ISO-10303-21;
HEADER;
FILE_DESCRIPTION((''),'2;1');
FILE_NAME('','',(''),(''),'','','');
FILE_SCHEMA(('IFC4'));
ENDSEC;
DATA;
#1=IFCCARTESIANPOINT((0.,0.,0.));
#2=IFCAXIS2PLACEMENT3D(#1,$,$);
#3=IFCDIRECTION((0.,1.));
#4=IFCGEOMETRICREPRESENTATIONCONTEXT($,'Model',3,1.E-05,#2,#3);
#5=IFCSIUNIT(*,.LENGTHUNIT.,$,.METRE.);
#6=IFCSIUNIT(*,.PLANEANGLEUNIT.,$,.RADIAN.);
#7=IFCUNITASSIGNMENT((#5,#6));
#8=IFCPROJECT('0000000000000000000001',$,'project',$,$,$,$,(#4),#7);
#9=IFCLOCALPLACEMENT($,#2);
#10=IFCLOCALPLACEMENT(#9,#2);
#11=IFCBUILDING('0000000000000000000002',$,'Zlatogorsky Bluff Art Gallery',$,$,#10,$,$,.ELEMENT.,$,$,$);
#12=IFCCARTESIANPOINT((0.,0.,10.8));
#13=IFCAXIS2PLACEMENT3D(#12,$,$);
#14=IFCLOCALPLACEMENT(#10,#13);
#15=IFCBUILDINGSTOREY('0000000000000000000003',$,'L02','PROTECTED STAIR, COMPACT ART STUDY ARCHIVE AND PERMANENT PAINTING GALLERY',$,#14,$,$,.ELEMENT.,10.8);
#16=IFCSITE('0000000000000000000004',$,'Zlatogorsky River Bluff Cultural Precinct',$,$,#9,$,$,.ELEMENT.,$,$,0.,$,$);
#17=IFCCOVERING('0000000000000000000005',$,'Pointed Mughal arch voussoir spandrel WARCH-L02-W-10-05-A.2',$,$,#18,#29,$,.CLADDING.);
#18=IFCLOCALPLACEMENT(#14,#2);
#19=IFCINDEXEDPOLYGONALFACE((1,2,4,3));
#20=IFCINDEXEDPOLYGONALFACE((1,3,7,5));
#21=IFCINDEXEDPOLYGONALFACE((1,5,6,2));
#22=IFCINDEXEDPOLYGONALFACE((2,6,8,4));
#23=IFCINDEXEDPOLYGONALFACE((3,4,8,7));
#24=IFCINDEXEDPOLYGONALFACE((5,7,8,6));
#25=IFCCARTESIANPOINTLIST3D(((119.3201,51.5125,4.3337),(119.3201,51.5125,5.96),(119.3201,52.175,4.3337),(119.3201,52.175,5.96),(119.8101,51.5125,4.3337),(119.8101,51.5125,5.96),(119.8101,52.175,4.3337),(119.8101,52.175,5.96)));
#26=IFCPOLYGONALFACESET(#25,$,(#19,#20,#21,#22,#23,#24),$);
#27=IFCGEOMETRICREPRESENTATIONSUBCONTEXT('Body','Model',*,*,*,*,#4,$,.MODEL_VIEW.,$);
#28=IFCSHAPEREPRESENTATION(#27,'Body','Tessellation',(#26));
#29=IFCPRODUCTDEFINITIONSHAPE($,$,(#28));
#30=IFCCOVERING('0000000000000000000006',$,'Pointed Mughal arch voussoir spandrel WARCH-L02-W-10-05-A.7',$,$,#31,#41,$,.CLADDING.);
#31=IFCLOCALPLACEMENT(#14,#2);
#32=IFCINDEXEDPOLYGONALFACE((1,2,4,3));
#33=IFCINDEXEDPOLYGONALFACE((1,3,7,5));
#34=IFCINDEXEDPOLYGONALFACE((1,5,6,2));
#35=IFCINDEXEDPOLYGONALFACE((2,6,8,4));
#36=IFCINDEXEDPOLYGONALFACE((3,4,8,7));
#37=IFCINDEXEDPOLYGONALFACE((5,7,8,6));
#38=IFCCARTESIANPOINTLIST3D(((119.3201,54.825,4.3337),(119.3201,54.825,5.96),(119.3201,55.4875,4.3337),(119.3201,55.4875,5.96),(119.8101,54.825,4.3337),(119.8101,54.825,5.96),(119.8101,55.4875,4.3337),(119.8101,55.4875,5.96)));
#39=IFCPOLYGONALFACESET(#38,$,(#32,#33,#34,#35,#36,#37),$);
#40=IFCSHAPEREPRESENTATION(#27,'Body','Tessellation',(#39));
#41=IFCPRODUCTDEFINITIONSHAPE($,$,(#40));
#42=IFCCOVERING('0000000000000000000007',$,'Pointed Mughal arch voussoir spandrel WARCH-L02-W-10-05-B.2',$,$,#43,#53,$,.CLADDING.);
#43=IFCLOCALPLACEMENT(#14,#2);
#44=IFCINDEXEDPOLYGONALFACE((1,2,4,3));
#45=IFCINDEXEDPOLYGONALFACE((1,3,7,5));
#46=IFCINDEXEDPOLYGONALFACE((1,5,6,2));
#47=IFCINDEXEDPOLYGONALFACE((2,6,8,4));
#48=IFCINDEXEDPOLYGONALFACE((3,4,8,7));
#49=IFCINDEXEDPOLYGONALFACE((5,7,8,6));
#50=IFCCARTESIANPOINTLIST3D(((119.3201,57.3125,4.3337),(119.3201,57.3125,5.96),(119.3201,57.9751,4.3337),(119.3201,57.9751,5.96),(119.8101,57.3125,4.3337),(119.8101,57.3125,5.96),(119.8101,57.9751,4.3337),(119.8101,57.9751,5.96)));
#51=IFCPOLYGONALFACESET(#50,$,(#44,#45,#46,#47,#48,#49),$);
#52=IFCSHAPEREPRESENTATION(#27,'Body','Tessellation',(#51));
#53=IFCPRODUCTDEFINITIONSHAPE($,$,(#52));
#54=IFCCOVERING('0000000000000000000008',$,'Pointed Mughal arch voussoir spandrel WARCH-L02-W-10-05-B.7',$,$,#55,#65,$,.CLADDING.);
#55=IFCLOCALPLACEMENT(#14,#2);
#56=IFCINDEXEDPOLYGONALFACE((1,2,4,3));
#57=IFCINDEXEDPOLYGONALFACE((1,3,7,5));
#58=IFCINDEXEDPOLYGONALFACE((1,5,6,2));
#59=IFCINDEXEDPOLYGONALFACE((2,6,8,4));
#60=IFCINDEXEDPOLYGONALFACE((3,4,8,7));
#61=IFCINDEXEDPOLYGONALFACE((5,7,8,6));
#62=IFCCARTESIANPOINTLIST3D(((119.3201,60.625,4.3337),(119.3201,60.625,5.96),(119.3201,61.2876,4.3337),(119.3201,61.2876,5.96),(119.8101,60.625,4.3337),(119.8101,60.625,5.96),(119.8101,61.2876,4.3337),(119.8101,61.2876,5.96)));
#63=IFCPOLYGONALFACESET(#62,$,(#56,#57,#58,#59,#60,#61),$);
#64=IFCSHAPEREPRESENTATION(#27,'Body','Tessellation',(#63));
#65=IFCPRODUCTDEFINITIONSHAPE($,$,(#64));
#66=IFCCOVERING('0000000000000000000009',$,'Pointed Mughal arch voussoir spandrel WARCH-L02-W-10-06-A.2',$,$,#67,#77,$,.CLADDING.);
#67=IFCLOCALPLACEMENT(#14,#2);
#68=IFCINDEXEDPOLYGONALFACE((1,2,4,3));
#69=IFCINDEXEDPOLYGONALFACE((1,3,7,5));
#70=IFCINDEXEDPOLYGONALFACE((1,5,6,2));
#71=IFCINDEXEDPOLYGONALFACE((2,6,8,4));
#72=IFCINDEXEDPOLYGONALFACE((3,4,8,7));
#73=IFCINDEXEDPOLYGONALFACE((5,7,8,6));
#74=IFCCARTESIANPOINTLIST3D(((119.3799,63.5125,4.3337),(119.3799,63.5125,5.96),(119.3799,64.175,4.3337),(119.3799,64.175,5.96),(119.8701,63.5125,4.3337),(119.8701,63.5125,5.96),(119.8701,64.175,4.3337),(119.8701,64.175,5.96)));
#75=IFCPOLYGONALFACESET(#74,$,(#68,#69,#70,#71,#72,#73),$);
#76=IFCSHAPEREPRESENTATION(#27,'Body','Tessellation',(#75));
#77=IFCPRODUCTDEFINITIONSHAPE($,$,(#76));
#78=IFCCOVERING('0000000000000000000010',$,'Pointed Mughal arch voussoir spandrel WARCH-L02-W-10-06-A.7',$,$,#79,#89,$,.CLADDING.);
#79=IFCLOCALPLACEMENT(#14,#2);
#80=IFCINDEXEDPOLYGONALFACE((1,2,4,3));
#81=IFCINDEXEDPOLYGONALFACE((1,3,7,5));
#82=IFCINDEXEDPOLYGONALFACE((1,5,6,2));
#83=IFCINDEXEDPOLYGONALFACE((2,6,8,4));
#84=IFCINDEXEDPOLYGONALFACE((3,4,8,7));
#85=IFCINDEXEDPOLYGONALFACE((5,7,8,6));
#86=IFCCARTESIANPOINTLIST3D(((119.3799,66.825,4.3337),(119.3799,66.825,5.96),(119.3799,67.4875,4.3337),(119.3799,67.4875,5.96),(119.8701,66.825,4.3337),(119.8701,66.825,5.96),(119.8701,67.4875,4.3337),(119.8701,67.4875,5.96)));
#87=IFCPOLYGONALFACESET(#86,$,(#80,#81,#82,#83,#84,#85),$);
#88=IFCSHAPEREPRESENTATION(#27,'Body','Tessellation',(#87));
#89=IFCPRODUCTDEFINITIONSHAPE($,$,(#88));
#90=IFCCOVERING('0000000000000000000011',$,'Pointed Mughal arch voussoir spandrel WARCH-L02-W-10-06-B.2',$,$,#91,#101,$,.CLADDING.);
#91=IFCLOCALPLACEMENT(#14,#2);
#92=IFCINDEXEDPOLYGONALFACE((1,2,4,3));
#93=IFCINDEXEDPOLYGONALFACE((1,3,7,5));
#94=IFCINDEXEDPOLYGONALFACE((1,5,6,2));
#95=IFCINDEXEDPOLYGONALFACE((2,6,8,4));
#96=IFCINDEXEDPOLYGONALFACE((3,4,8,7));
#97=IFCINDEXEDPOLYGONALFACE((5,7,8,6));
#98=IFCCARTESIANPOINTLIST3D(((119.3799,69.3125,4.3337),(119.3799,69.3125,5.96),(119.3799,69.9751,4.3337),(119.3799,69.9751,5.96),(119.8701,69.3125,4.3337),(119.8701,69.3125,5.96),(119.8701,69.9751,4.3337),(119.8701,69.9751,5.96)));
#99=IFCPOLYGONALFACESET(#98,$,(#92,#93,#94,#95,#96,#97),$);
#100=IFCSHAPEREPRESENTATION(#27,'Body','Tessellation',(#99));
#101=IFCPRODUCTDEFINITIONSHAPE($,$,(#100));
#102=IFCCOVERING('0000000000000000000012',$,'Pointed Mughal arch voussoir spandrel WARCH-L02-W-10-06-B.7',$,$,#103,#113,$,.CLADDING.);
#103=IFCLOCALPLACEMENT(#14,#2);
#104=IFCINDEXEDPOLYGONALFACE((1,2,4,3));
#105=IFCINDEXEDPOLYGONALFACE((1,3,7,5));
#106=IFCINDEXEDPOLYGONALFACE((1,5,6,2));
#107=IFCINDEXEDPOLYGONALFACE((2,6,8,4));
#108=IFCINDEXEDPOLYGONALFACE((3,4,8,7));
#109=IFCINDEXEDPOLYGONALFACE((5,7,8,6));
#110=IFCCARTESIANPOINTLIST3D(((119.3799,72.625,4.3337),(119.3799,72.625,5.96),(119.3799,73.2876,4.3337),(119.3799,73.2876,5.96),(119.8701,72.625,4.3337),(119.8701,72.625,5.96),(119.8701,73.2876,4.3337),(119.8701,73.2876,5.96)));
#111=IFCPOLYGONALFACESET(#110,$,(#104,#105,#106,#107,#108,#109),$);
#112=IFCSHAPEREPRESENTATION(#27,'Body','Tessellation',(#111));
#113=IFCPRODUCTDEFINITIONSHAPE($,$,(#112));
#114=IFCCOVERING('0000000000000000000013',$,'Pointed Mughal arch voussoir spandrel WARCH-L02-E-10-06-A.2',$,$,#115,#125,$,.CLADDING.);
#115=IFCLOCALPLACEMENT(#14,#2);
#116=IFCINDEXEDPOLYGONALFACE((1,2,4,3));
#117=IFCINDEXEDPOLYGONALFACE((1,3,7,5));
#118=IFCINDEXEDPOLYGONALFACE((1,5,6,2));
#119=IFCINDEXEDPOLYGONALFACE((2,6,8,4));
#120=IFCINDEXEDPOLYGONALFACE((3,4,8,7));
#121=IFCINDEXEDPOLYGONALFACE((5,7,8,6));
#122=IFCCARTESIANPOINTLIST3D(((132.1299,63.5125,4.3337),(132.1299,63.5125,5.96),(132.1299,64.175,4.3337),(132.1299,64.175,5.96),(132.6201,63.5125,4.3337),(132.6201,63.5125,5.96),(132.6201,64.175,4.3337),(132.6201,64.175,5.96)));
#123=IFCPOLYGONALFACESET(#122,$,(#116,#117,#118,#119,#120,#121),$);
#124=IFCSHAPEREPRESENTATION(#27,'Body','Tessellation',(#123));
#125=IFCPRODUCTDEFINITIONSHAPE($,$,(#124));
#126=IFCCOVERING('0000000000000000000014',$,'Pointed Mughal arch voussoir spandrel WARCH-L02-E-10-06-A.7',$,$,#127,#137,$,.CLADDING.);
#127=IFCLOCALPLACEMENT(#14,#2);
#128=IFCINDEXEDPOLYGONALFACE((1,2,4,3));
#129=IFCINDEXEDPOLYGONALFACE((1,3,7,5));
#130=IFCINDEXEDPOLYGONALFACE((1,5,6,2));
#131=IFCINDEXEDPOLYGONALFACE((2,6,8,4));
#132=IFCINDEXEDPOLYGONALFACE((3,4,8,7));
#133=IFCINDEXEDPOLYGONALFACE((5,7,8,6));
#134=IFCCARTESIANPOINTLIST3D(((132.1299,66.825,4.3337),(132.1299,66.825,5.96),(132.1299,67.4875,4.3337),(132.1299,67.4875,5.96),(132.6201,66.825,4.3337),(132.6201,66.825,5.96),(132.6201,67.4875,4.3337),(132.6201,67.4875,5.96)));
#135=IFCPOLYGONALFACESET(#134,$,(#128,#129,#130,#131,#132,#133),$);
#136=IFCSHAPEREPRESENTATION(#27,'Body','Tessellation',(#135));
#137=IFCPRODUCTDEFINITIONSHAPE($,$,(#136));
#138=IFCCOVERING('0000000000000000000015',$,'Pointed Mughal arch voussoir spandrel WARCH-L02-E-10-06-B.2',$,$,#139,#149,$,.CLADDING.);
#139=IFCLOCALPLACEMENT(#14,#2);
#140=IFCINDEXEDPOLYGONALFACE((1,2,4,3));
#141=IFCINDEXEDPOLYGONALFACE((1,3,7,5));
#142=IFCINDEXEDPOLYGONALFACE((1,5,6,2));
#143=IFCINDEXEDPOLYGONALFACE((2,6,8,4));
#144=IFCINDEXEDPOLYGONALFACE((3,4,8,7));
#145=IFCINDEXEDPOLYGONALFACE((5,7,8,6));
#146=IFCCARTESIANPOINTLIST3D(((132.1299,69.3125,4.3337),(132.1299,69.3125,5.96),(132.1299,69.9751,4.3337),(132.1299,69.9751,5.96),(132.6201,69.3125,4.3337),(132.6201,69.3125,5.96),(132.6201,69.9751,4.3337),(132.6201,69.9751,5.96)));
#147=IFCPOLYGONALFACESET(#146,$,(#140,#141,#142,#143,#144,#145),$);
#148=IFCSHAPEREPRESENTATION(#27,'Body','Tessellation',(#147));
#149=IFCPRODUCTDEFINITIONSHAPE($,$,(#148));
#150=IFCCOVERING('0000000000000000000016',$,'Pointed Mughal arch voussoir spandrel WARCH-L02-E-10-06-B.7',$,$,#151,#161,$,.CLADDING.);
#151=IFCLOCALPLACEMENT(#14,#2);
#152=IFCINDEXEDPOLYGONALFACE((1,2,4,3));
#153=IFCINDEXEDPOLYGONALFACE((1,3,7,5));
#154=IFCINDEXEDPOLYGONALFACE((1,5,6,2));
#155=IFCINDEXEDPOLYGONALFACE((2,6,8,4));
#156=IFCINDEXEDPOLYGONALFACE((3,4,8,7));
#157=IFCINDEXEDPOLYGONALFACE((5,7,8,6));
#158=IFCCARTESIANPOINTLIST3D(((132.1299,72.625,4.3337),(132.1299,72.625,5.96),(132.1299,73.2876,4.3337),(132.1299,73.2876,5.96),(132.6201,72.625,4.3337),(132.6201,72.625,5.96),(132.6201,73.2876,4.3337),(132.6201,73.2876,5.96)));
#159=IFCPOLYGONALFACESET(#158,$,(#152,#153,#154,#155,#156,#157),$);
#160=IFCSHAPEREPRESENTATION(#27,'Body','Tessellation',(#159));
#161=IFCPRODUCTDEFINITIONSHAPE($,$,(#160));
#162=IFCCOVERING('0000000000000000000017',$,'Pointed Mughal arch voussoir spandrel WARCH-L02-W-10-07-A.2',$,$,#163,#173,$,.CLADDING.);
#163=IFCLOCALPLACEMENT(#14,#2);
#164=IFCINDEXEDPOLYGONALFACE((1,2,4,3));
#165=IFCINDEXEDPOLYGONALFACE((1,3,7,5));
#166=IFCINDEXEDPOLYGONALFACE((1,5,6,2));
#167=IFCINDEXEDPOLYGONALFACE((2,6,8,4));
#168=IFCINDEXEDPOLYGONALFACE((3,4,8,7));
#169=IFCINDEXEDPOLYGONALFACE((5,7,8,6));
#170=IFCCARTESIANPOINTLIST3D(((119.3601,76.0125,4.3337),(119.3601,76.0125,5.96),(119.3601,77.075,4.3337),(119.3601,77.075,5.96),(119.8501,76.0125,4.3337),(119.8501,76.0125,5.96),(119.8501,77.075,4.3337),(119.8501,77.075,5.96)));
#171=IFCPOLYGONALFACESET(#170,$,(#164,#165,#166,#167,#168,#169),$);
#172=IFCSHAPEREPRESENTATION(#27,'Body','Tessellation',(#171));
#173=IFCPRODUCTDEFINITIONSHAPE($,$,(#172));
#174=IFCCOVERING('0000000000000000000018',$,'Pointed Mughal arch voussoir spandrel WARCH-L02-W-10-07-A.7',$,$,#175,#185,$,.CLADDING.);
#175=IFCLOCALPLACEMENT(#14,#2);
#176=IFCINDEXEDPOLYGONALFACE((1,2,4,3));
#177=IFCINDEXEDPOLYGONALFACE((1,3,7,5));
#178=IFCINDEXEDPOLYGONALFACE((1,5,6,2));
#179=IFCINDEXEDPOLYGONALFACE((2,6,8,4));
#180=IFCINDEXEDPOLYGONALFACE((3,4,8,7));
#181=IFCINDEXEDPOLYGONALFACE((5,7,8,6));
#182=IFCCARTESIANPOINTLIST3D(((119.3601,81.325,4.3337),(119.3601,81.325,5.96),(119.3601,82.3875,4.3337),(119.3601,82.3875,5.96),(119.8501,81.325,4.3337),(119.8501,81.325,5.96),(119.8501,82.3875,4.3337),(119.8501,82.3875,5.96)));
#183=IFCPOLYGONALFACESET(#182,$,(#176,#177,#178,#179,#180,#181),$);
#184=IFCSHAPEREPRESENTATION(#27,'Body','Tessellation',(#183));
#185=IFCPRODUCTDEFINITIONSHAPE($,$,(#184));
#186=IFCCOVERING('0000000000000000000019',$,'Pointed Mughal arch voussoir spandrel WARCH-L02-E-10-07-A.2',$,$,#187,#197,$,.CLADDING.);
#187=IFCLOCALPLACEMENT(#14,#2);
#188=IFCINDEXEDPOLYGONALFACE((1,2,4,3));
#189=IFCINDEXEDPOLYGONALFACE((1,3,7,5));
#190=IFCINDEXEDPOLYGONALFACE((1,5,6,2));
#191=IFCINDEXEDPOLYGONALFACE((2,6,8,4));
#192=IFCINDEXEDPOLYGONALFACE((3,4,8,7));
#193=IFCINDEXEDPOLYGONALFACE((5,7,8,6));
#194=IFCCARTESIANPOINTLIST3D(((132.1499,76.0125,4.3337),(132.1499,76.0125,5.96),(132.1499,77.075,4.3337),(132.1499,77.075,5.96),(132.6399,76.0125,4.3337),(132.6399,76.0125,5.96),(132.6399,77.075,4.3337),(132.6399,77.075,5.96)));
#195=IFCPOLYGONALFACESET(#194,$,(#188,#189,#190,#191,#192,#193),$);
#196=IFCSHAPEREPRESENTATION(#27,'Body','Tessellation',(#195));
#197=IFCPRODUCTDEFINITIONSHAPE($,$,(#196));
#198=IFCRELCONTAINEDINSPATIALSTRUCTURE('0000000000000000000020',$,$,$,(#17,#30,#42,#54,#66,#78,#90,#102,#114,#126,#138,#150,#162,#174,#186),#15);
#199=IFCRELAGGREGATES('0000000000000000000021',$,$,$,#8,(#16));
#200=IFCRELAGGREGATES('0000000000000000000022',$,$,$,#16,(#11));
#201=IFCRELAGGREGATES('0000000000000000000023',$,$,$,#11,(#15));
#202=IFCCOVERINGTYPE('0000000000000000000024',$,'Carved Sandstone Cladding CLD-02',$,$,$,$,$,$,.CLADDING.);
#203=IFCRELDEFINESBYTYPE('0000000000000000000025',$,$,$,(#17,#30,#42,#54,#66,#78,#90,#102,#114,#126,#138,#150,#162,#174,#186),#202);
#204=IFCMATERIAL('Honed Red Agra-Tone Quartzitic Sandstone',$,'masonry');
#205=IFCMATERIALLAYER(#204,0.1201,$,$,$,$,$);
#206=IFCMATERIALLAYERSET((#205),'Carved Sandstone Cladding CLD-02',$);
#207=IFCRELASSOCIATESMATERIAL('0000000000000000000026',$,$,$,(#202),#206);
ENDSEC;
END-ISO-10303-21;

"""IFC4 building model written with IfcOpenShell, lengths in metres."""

from ifc_helpers import new_model, si_unit, direction, frame, origin, place, context, subcontext, project, spatial, polyline, outline, extrude, material, layer, layer_set, type_object, element, save


model = new_model("IFC4")

# Units and contexts
model_context = context("Model", 3, precision=1e-05, world=origin(), true_north=direction((0.0, 1.0)))
body_context = subcontext(model_context, "Body", "Model", "MODEL_VIEW")
ifc_project = project(units=[si_unit("LENGTHUNIT", "METRE"), si_unit("PLANEANGLEUNIT", "RADIAN")], contexts=[model_context])

# Site, building, storey
site_placement = place(None, origin())
site = spatial("IfcSite", under=ifc_project, at=site_placement, Name="Zlatogorsky River Bluff Cultural Precinct", CompositionType="ELEMENT", RefElevation=0.0)
building_placement = place(site_placement, origin())
building = spatial("IfcBuilding", under=site, at=building_placement, Name="Zlatogorsky Bluff Art Gallery", CompositionType="ELEMENT")
storey_placement = place(building_placement, frame((0.0, 0.0, 10.8)))
storey = spatial("IfcBuildingStorey", under=building, at=storey_placement, Name="L02", Description="PROTECTED STAIR, COMPACT ART STUDY ARCHIVE AND PERMANENT PAINTING GALLERY", CompositionType="ELEMENT", Elevation=10.8)

# Coverings
ifc_material = material(Name="Honed Red Agra-Tone Quartzitic Sandstone", Category="masonry")
ifc_layer = layer(ifc_material, 0.1201)
ifc_layer_set = layer_set([ifc_layer], Name="Carved Sandstone Cladding CLD-02")
covering_type = type_object("IfcCoveringType", Name="Carved Sandstone Cladding CLD-02", PredefinedType="CLADDING", material=ifc_layer_set)
covering_1_placement = place(storey_placement, frame((0.0, 0.0, 4.3337)))
element("IfcCovering", 1, at=covering_1_placement, inside=storey, type_object=covering_type, Name="Pointed Mughal arch voussoir spandrel WARCH-L02-W-10-05-A.2", PredefinedType="CLADDING", context=body_context, shape_type="SweptSolid", body=[
    extrude(outline(polyline([(119.3201, 51.5125), (119.3201, 52.175), (119.8101, 52.175), (119.8101, 51.5125), (119.3201, 51.5125)])), origin(), (0.0, 0.0, 1.0), 1.6262),
])
covering_2_placement = place(storey_placement, frame((0.0, 0.0, 4.3337)))
element("IfcCovering", 2, at=covering_2_placement, inside=storey, type_object=covering_type, Name="Pointed Mughal arch voussoir spandrel WARCH-L02-W-10-05-A.7", PredefinedType="CLADDING", context=body_context, shape_type="SweptSolid", body=[
    extrude(outline(polyline([(119.3201, 54.825), (119.3201, 55.4875), (119.8101, 55.4875), (119.8101, 54.825), (119.3201, 54.825)])), origin(), (0.0, 0.0, 1.0), 1.6262),
])
covering_3_placement = place(storey_placement, frame((0.0, 0.0, 4.3337)))
element("IfcCovering", 3, at=covering_3_placement, inside=storey, type_object=covering_type, Name="Pointed Mughal arch voussoir spandrel WARCH-L02-W-10-05-B.2", PredefinedType="CLADDING", context=body_context, shape_type="SweptSolid", body=[
    extrude(outline(polyline([(119.3201, 57.3125), (119.3201, 57.9751), (119.8101, 57.9751), (119.8101, 57.3125), (119.3201, 57.3125)])), origin(), (0.0, 0.0, 1.0), 1.6262),
])
covering_4_placement = place(storey_placement, frame((0.0, 0.0, 4.3337)))
element("IfcCovering", 4, at=covering_4_placement, inside=storey, type_object=covering_type, Name="Pointed Mughal arch voussoir spandrel WARCH-L02-W-10-05-B.7", PredefinedType="CLADDING", context=body_context, shape_type="SweptSolid", body=[
    extrude(outline(polyline([(119.3201, 60.625), (119.3201, 61.2876), (119.8101, 61.2876), (119.8101, 60.625), (119.3201, 60.625)])), origin(), (0.0, 0.0, 1.0), 1.6262),
])
covering_5_placement = place(storey_placement, frame((0.0, 0.0, 4.3337)))
element("IfcCovering", 5, at=covering_5_placement, inside=storey, type_object=covering_type, Name="Pointed Mughal arch voussoir spandrel WARCH-L02-W-10-06-A.2", PredefinedType="CLADDING", context=body_context, shape_type="SweptSolid", body=[
    extrude(outline(polyline([(119.3799, 63.5125), (119.3799, 64.175), (119.8701, 64.175), (119.8701, 63.5125), (119.3799, 63.5125)])), origin(), (0.0, 0.0, 1.0), 1.6262),
])
covering_6_placement = place(storey_placement, frame((0.0, 0.0, 4.3337)))
element("IfcCovering", 6, at=covering_6_placement, inside=storey, type_object=covering_type, Name="Pointed Mughal arch voussoir spandrel WARCH-L02-W-10-06-A.7", PredefinedType="CLADDING", context=body_context, shape_type="SweptSolid", body=[
    extrude(outline(polyline([(119.3799, 66.825), (119.3799, 67.4875), (119.8701, 67.4875), (119.8701, 66.825), (119.3799, 66.825)])), origin(), (0.0, 0.0, 1.0), 1.6262),
])
covering_7_placement = place(storey_placement, frame((0.0, 0.0, 4.3337)))
element("IfcCovering", 7, at=covering_7_placement, inside=storey, type_object=covering_type, Name="Pointed Mughal arch voussoir spandrel WARCH-L02-W-10-06-B.2", PredefinedType="CLADDING", context=body_context, shape_type="SweptSolid", body=[
    extrude(outline(polyline([(119.3799, 69.3125), (119.3799, 69.9751), (119.8701, 69.9751), (119.8701, 69.3125), (119.3799, 69.3125)])), origin(), (0.0, 0.0, 1.0), 1.6262),
])
covering_8_placement = place(storey_placement, frame((0.0, 0.0, 4.3337)))
element("IfcCovering", 8, at=covering_8_placement, inside=storey, type_object=covering_type, Name="Pointed Mughal arch voussoir spandrel WARCH-L02-W-10-06-B.7", PredefinedType="CLADDING", context=body_context, shape_type="SweptSolid", body=[
    extrude(outline(polyline([(119.3799, 72.625), (119.3799, 73.2876), (119.8701, 73.2876), (119.8701, 72.625), (119.3799, 72.625)])), origin(), (0.0, 0.0, 1.0), 1.6262),
])
covering_9_placement = place(storey_placement, frame((0.0, 0.0, 4.3337)))
element("IfcCovering", 9, at=covering_9_placement, inside=storey, type_object=covering_type, Name="Pointed Mughal arch voussoir spandrel WARCH-L02-E-10-06-A.2", PredefinedType="CLADDING", context=body_context, shape_type="SweptSolid", body=[
    extrude(outline(polyline([(132.1299, 63.5125), (132.1299, 64.175), (132.6201, 64.175), (132.6201, 63.5125), (132.1299, 63.5125)])), origin(), (0.0, 0.0, 1.0), 1.6262),
])
covering_10_placement = place(storey_placement, frame((0.0, 0.0, 4.3337)))
element("IfcCovering", 10, at=covering_10_placement, inside=storey, type_object=covering_type, Name="Pointed Mughal arch voussoir spandrel WARCH-L02-E-10-06-A.7", PredefinedType="CLADDING", context=body_context, shape_type="SweptSolid", body=[
    extrude(outline(polyline([(132.1299, 66.825), (132.1299, 67.4875), (132.6201, 67.4875), (132.6201, 66.825), (132.1299, 66.825)])), origin(), (0.0, 0.0, 1.0), 1.6262),
])
covering_11_placement = place(storey_placement, frame((0.0, 0.0, 4.3337)))
element("IfcCovering", 11, at=covering_11_placement, inside=storey, type_object=covering_type, Name="Pointed Mughal arch voussoir spandrel WARCH-L02-E-10-06-B.2", PredefinedType="CLADDING", context=body_context, shape_type="SweptSolid", body=[
    extrude(outline(polyline([(132.1299, 69.3125), (132.1299, 69.9751), (132.6201, 69.9751), (132.6201, 69.3125), (132.1299, 69.3125)])), origin(), (0.0, 0.0, 1.0), 1.6262),
])
covering_12_placement = place(storey_placement, frame((0.0, 0.0, 4.3337)))
element("IfcCovering", 12, at=covering_12_placement, inside=storey, type_object=covering_type, Name="Pointed Mughal arch voussoir spandrel WARCH-L02-E-10-06-B.7", PredefinedType="CLADDING", context=body_context, shape_type="SweptSolid", body=[
    extrude(outline(polyline([(132.1299, 72.625), (132.1299, 73.2876), (132.6201, 73.2876), (132.6201, 72.625), (132.1299, 72.625)])), origin(), (0.0, 0.0, 1.0), 1.6262),
])
covering_13_placement = place(storey_placement, frame((0.0, 0.0, 4.3337)))
element("IfcCovering", 13, at=covering_13_placement, inside=storey, type_object=covering_type, Name="Pointed Mughal arch voussoir spandrel WARCH-L02-W-10-07-A.2", PredefinedType="CLADDING", context=body_context, shape_type="SweptSolid", body=[
    extrude(outline(polyline([(119.3601, 76.0125), (119.3601, 77.075), (119.8501, 77.075), (119.8501, 76.0125), (119.3601, 76.0125)])), origin(), (0.0, 0.0, 1.0), 1.6262),
])
covering_14_placement = place(storey_placement, frame((0.0, 0.0, 4.3337)))
element("IfcCovering", 14, at=covering_14_placement, inside=storey, type_object=covering_type, Name="Pointed Mughal arch voussoir spandrel WARCH-L02-W-10-07-A.7", PredefinedType="CLADDING", context=body_context, shape_type="SweptSolid", body=[
    extrude(outline(polyline([(119.3601, 81.325), (119.3601, 82.3875), (119.8501, 82.3875), (119.8501, 81.325), (119.3601, 81.325)])), origin(), (0.0, 0.0, 1.0), 1.6262),
])
covering_15_placement = place(storey_placement, frame((0.0, 0.0, 4.3337)))
element("IfcCovering", 15, at=covering_15_placement, inside=storey, type_object=covering_type, Name="Pointed Mughal arch voussoir spandrel WARCH-L02-E-10-07-A.2", PredefinedType="CLADDING", context=body_context, shape_type="SweptSolid", body=[
    extrude(outline(polyline([(132.1499, 76.0125), (132.1499, 77.075), (132.6399, 77.075), (132.6399, 76.0125), (132.1499, 76.0125)])), origin(), (0.0, 0.0, 1.0), 1.6262),
])

save(model, "model.ifc")
